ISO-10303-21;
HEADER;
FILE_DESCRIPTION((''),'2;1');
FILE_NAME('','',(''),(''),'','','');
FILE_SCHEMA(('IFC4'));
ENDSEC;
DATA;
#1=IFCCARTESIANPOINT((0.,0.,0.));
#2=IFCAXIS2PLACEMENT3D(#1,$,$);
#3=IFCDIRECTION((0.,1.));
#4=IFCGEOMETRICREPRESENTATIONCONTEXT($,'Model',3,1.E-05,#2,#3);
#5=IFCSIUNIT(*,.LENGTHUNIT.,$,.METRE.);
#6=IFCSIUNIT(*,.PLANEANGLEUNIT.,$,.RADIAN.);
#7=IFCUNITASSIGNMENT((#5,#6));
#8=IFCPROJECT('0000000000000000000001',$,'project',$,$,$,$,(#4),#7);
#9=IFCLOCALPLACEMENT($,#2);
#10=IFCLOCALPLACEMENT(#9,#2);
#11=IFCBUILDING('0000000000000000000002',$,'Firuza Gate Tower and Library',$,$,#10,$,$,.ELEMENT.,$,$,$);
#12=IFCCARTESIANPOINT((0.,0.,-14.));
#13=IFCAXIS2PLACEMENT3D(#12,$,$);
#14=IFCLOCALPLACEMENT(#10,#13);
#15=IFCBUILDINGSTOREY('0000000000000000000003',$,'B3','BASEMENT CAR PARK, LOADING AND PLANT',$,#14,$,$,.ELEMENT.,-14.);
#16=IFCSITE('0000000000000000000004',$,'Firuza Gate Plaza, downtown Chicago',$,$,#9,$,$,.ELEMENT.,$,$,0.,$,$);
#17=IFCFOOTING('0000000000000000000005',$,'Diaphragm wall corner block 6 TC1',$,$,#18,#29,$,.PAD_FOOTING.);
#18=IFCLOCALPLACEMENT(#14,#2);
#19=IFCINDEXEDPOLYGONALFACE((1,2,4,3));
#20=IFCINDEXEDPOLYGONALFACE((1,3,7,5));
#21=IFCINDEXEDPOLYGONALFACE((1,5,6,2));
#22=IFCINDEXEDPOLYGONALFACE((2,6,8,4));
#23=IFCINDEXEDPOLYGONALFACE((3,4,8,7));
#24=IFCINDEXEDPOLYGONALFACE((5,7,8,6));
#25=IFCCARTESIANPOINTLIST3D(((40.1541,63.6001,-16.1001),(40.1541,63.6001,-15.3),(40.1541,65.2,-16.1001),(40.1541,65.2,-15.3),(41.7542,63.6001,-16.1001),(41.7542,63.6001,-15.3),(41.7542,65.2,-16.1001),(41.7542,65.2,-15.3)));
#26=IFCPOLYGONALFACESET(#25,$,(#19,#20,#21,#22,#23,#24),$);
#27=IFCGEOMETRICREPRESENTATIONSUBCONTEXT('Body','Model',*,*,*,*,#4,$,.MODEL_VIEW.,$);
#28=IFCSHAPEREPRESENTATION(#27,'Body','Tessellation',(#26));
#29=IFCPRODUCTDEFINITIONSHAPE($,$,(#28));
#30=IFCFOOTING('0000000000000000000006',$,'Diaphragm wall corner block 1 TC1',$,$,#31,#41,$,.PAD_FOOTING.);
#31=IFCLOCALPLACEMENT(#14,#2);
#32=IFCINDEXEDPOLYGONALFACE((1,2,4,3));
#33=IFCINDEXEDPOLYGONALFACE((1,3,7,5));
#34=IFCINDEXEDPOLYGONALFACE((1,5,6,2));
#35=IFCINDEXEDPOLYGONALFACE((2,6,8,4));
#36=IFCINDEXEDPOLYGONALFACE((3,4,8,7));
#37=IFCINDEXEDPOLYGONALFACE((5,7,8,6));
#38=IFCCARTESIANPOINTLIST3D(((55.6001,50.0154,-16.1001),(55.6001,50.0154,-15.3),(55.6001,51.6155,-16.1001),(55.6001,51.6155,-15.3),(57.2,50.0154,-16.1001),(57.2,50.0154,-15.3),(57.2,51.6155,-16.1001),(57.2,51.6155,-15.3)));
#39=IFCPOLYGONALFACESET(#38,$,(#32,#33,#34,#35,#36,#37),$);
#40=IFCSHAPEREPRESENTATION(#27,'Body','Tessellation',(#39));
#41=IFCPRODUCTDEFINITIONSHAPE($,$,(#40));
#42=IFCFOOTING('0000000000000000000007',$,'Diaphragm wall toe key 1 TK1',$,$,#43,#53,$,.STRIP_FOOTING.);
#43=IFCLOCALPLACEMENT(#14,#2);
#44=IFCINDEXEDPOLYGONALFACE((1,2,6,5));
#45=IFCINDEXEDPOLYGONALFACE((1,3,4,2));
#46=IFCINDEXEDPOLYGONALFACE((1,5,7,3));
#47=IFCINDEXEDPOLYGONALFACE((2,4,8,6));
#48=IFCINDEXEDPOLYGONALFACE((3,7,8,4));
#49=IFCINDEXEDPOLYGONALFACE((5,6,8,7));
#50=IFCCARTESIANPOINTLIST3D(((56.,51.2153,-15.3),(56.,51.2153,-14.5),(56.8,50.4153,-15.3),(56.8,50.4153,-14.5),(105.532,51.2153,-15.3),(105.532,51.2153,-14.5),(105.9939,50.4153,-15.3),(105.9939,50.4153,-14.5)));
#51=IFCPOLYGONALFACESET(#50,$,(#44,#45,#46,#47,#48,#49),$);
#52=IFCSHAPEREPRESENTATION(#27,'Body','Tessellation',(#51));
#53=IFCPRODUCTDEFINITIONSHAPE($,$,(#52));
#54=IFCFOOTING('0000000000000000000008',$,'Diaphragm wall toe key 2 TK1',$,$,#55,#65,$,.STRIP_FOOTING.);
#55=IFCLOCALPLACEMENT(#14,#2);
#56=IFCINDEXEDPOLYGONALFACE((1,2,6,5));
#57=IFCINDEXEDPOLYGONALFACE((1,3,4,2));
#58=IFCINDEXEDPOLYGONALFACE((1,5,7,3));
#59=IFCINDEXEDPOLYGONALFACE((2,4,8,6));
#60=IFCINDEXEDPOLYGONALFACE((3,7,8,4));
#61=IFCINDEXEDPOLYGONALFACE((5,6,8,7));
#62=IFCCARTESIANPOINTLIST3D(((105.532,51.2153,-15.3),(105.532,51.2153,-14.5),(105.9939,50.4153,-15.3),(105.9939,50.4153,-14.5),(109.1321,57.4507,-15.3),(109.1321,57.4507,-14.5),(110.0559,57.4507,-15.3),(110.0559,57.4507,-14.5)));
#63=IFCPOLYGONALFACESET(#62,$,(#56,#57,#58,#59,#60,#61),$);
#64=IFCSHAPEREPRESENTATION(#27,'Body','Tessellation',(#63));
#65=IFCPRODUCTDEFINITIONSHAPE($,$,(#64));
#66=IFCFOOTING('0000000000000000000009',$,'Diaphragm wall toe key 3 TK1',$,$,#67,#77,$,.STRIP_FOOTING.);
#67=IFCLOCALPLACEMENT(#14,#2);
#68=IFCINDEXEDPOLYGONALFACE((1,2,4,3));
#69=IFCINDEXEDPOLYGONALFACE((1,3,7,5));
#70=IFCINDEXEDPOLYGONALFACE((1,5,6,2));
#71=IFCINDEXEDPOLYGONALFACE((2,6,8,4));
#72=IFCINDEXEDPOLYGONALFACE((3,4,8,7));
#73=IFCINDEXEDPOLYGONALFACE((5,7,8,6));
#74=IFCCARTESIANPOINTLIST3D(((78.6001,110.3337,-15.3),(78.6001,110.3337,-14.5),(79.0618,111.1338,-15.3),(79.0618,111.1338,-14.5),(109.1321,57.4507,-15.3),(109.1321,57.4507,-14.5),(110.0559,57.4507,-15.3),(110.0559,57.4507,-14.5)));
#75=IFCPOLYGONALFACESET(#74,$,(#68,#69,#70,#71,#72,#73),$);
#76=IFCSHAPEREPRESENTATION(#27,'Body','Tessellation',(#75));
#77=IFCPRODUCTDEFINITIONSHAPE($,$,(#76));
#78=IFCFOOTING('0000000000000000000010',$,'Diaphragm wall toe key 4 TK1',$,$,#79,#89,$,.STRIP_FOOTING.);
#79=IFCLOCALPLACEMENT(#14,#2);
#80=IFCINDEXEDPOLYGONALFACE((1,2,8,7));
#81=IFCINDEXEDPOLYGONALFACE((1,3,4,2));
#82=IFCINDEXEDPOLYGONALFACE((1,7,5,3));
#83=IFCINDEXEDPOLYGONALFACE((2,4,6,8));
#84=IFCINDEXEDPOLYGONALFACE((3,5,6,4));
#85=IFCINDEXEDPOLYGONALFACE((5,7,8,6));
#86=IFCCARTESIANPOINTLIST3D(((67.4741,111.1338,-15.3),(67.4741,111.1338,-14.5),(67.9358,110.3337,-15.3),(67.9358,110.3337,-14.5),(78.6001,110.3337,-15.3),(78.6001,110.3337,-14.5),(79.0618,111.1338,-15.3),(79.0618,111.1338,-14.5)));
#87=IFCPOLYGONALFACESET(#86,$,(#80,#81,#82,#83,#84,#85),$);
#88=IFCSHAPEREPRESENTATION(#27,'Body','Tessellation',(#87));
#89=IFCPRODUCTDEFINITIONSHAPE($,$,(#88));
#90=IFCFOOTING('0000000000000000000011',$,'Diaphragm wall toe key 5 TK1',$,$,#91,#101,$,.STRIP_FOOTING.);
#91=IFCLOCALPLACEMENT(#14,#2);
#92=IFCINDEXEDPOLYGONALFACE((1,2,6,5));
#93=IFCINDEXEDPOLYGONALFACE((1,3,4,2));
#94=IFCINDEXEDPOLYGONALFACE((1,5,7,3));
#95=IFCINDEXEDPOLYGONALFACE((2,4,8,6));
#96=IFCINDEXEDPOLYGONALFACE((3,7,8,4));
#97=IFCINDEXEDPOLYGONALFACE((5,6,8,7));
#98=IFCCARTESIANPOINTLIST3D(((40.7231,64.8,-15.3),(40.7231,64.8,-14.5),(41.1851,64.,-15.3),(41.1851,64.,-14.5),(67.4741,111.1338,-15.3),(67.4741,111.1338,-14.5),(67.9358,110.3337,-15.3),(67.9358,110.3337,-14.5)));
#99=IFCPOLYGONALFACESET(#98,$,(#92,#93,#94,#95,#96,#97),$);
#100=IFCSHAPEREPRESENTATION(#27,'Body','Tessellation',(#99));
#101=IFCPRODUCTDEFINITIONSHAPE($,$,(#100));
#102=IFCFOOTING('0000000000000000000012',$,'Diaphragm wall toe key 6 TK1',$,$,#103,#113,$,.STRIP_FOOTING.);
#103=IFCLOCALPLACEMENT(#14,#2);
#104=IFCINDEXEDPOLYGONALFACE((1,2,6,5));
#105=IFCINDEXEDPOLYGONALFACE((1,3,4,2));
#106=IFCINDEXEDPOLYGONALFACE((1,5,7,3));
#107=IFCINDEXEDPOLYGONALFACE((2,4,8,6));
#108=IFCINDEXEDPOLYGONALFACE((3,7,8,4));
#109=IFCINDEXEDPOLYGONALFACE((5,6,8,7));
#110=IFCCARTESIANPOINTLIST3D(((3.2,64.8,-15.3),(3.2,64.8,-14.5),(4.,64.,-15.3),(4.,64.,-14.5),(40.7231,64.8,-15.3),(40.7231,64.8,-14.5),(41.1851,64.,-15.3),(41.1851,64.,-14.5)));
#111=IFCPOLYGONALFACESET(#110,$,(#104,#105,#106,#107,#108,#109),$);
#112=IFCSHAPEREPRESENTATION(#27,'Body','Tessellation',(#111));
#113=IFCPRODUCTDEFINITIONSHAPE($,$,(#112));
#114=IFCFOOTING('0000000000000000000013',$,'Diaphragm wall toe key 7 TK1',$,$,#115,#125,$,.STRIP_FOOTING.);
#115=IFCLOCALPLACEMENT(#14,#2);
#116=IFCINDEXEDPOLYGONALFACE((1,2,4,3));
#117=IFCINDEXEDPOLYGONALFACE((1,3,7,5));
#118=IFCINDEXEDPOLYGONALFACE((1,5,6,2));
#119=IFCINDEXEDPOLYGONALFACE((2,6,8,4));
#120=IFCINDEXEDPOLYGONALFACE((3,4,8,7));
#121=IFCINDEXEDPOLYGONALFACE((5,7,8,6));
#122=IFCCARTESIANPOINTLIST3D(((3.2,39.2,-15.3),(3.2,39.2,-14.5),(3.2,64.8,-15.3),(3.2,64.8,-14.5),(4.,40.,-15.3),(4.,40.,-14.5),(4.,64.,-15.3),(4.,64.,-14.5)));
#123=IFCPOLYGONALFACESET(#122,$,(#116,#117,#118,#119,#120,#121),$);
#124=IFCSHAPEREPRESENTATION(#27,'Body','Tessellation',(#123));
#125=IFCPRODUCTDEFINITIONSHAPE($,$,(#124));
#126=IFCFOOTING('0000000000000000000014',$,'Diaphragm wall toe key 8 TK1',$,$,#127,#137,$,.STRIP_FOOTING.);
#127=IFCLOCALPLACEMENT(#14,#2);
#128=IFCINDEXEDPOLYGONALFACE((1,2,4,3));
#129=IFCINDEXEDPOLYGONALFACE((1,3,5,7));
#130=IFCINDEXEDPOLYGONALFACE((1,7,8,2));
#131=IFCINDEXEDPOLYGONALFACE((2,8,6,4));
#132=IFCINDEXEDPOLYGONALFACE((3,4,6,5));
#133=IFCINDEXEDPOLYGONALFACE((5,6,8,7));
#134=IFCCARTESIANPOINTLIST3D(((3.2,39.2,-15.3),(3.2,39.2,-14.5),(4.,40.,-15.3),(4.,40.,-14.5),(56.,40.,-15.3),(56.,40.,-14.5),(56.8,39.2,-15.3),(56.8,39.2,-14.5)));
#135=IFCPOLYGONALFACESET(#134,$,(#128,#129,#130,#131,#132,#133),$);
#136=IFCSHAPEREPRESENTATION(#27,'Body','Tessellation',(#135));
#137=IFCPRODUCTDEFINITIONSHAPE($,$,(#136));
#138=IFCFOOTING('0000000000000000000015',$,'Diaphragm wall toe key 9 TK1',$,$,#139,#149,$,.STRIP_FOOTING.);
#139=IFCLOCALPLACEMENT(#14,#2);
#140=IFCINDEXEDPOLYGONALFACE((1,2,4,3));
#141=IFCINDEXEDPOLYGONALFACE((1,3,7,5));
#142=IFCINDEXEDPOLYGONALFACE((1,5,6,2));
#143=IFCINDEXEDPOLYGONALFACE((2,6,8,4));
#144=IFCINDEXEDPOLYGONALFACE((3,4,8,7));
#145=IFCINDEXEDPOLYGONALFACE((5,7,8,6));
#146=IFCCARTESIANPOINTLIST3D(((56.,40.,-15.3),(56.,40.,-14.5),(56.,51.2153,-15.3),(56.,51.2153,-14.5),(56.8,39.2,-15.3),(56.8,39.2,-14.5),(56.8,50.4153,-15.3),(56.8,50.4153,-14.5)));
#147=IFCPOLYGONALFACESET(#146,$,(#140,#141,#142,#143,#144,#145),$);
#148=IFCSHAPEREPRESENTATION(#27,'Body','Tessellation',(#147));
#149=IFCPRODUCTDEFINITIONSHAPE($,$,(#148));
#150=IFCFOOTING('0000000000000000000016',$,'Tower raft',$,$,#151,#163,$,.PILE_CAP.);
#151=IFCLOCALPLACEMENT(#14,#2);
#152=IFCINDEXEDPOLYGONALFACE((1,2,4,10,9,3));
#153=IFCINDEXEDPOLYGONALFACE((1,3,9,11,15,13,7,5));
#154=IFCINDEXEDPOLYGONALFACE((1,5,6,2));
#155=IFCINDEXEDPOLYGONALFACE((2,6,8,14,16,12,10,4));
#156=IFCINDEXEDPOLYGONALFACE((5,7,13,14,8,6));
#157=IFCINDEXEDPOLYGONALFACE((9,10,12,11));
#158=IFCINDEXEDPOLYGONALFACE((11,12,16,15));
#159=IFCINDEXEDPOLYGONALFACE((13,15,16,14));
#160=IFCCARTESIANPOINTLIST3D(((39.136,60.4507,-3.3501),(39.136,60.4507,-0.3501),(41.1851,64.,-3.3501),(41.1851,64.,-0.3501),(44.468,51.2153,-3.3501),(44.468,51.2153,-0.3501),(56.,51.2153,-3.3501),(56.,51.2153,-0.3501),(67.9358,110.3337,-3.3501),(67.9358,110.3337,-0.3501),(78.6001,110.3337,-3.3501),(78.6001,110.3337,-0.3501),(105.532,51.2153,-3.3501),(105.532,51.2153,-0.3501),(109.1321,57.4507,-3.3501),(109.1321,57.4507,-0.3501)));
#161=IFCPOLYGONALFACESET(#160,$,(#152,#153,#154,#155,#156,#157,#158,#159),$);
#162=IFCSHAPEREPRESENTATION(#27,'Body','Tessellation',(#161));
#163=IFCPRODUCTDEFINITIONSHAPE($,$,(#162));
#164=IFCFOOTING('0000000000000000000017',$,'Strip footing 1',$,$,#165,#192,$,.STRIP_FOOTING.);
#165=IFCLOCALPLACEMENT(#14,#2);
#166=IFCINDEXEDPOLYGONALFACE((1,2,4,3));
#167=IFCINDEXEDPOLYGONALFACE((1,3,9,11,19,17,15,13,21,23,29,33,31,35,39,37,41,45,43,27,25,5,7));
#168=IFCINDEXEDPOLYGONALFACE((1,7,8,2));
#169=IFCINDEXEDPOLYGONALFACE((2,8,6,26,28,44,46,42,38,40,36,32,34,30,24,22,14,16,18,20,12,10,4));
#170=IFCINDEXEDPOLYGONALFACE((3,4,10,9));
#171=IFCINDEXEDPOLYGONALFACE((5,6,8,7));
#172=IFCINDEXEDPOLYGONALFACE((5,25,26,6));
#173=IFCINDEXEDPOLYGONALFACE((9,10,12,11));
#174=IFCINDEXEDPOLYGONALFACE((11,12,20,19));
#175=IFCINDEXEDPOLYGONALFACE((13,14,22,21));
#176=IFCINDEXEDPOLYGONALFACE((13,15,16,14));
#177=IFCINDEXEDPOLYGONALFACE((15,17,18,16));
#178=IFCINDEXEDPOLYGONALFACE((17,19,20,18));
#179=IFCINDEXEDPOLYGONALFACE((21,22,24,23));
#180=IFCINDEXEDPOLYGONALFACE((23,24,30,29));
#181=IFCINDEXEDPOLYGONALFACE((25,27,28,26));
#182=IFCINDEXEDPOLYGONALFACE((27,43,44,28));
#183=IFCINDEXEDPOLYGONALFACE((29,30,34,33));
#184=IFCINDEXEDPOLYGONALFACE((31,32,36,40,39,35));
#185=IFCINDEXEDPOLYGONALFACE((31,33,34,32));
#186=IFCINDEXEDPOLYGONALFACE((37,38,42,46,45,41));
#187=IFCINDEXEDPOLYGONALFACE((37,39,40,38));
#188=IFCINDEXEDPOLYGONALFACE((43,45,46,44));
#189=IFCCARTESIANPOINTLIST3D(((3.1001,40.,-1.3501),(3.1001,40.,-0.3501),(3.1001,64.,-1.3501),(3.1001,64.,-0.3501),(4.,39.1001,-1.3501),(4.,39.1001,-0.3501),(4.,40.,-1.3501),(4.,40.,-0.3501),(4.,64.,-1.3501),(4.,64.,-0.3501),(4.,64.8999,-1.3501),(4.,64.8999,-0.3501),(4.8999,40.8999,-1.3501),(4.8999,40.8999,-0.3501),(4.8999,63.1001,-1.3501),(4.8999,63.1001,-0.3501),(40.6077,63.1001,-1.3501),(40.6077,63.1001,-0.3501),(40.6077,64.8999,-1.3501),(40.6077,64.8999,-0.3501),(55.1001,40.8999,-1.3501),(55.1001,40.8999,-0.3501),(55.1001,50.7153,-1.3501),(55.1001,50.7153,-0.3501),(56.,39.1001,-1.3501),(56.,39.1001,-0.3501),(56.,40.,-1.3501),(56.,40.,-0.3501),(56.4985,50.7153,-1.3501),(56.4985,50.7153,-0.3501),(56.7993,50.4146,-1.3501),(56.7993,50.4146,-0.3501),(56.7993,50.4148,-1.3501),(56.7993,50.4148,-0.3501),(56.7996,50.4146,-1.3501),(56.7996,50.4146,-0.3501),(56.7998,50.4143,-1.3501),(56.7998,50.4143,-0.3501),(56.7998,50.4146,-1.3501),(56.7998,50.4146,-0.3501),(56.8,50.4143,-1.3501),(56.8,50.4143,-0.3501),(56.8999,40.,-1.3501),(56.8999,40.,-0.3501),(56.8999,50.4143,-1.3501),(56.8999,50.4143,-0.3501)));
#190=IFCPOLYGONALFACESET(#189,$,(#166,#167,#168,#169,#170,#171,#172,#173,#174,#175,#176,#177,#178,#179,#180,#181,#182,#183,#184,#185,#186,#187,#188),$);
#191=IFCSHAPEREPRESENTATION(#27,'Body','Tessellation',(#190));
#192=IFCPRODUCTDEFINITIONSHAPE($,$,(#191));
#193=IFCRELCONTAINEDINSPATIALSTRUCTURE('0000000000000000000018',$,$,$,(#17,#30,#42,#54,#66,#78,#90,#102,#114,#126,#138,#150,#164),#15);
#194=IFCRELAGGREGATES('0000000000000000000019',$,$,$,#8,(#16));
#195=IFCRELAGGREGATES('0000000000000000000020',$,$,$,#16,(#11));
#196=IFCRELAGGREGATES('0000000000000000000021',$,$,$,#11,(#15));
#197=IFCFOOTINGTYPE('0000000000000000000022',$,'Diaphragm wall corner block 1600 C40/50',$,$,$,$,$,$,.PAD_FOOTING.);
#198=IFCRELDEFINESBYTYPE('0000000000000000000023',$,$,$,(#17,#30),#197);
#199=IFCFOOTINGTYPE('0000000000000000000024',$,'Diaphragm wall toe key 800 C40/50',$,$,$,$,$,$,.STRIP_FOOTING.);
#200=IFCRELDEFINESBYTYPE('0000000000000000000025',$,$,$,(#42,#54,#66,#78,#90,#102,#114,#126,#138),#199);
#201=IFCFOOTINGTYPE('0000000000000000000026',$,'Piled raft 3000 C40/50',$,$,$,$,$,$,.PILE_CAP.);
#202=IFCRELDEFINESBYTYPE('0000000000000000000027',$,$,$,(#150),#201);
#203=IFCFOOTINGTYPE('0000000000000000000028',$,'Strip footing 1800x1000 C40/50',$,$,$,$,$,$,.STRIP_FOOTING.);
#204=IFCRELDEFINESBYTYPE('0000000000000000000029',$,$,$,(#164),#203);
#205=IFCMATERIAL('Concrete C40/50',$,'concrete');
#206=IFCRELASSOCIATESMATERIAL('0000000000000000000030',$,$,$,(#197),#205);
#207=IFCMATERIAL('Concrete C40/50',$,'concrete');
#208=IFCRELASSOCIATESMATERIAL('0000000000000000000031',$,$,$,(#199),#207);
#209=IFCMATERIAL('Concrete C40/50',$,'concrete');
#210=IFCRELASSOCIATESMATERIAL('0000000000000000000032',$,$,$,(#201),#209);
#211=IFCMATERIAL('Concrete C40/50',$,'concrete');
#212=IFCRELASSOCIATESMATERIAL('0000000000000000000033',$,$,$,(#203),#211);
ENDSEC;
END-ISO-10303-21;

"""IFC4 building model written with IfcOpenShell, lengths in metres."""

from ifc_helpers import new_model, si_unit, direction, frame, origin, place, context, subcontext, project, spatial, polyline, outline, extrude, material, type_object, element, save


model = new_model("IFC4")

# Units and contexts
model_context = context("Model", 3, precision=1e-05, world=origin(), true_north=direction((0.0, 1.0)))
body_context = subcontext(model_context, "Body", "Model", "MODEL_VIEW")
ifc_project = project(units=[si_unit("LENGTHUNIT", "METRE"), si_unit("PLANEANGLEUNIT", "RADIAN")], contexts=[model_context])

# Site, building, storey
site_placement = place(None, origin())
site = spatial("IfcSite", under=ifc_project, at=site_placement, Name="Firuza Gate Plaza, downtown Chicago", CompositionType="ELEMENT", RefElevation=0.0)
building_placement = place(site_placement, origin())
building = spatial("IfcBuilding", under=site, at=building_placement, Name="Firuza Gate Tower and Library", CompositionType="ELEMENT")
storey_placement = place(building_placement, frame((0.0, 0.0, -14.0)))
storey = spatial("IfcBuildingStorey", under=building, at=storey_placement, Name="B3", Description="BASEMENT CAR PARK, LOADING AND PLANT", CompositionType="ELEMENT", Elevation=-14.0)

# Footings
ifc_material_1 = material(Name="Concrete C40/50", Category="concrete")
footing_type_1 = type_object("IfcFootingType", Name="Diaphragm wall corner block 1600 C40/50", PredefinedType="PAD_FOOTING", material=ifc_material_1)
placement_1 = place(storey_placement, frame((0.0, 0.0, -16.1001)))
element("IfcFooting", 1, at=placement_1, inside=storey, type_object=footing_type_1, Name="Diaphragm wall corner block 6 TC1", PredefinedType="PAD_FOOTING", context=body_context, shape_type="SweptSolid", body=[
    extrude(outline(polyline([(40.1541, 63.6001), (41.7542, 63.6001), (41.7542, 65.2), (40.1541, 65.2), (40.1541, 63.6001)])), origin(), (0.0, 0.0, 1.0), 0.8),
])
element("IfcFooting", 2, at=placement_1, inside=storey, type_object=footing_type_1, Name="Diaphragm wall corner block 1 TC1", PredefinedType="PAD_FOOTING", context=body_context, shape_type="SweptSolid", body=[
    extrude(outline(polyline([(55.6001, 50.0154), (57.2, 50.0154), (57.2, 51.6155), (55.6001, 51.6155), (55.6001, 50.0154)])), origin(), (0.0, 0.0, 1.0), 0.8),
])
ifc_material_2 = material(Name="Concrete C40/50", Category="concrete")
footing_type_2 = type_object("IfcFootingType", Name="Diaphragm wall toe key 800 C40/50", PredefinedType="STRIP_FOOTING", material=ifc_material_2)
placement_2 = place(storey_placement, frame((0.0, 0.0, -15.3)))
element("IfcFooting", 3, at=placement_2, inside=storey, type_object=footing_type_2, Name="Diaphragm wall toe key 1 TK1", PredefinedType="STRIP_FOOTING", context=body_context, shape_type="SweptSolid", body=[
    extrude(outline(polyline([(56.0, 51.2153), (105.532, 51.2153), (105.9939, 50.4153), (56.8, 50.4153), (56.0, 51.2153)])), origin(), (0.0, 0.0, 1.0), 0.8),
])
element("IfcFooting", 4, at=placement_2, inside=storey, type_object=footing_type_2, Name="Diaphragm wall toe key 2 TK1", PredefinedType="STRIP_FOOTING", context=body_context, shape_type="SweptSolid", body=[
    extrude(outline(polyline([(105.532, 51.2153), (109.1321, 57.4507), (110.0559, 57.4507), (105.9939, 50.4153), (105.532, 51.2153)])), origin(), (0.0, 0.0, 1.0), 0.8),
])
element("IfcFooting", 5, at=placement_2, inside=storey, type_object=footing_type_2, Name="Diaphragm wall toe key 3 TK1", PredefinedType="STRIP_FOOTING", context=body_context, shape_type="SweptSolid", body=[
    extrude(outline(polyline([(109.1321, 57.4507), (78.6001, 110.3337), (79.0618, 111.1338), (110.0559, 57.4507), (109.1321, 57.4507)])), origin(), (0.0, 0.0, 1.0), 0.8),
])
element("IfcFooting", 6, at=placement_2, inside=storey, type_object=footing_type_2, Name="Diaphragm wall toe key 4 TK1", PredefinedType="STRIP_FOOTING", context=body_context, shape_type="SweptSolid", body=[
    extrude(outline(polyline([(78.6001, 110.3337), (67.9358, 110.3337), (67.4741, 111.1338), (79.0618, 111.1338), (78.6001, 110.3337)])), origin(), (0.0, 0.0, 1.0), 0.8),
])
element("IfcFooting", 7, at=placement_2, inside=storey, type_object=footing_type_2, Name="Diaphragm wall toe key 5 TK1", PredefinedType="STRIP_FOOTING", context=body_context, shape_type="SweptSolid", body=[
    extrude(outline(polyline([(67.9358, 110.3337), (41.1851, 64.0), (40.7231, 64.8), (67.4741, 111.1338), (67.9358, 110.3337)])), origin(), (0.0, 0.0, 1.0), 0.8),
])
element("IfcFooting", 8, at=placement_2, inside=storey, type_object=footing_type_2, Name="Diaphragm wall toe key 6 TK1", PredefinedType="STRIP_FOOTING", context=body_context, shape_type="SweptSolid", body=[
    extrude(outline(polyline([(41.1851, 64.0), (4.0, 64.0), (3.2, 64.8), (40.7231, 64.8), (41.1851, 64.0)])), origin(), (0.0, 0.0, 1.0), 0.8),
])
element("IfcFooting", 9, at=placement_2, inside=storey, type_object=footing_type_2, Name="Diaphragm wall toe key 7 TK1", PredefinedType="STRIP_FOOTING", context=body_context, shape_type="SweptSolid", body=[
    extrude(outline(polyline([(4.0, 64.0), (4.0, 40.0), (3.2, 39.2), (3.2, 64.8), (4.0, 64.0)])), origin(), (0.0, 0.0, 1.0), 0.8),
])
element("IfcFooting", 10, at=placement_2, inside=storey, type_object=footing_type_2, Name="Diaphragm wall toe key 8 TK1", PredefinedType="STRIP_FOOTING", context=body_context, shape_type="SweptSolid", body=[
    extrude(outline(polyline([(4.0, 40.0), (56.0, 40.0), (56.8, 39.2), (3.2, 39.2), (4.0, 40.0)])), origin(), (0.0, 0.0, 1.0), 0.8),
])
element("IfcFooting", 11, at=placement_2, inside=storey, type_object=footing_type_2, Name="Diaphragm wall toe key 9 TK1", PredefinedType="STRIP_FOOTING", context=body_context, shape_type="SweptSolid", body=[
    extrude(outline(polyline([(56.0, 40.0), (56.0, 51.2153), (56.8, 50.4153), (56.8, 39.2), (56.0, 40.0)])), origin(), (0.0, 0.0, 1.0), 0.8),
])
ifc_material_3 = material(Name="Concrete C40/50", Category="concrete")
footing_type_3 = type_object("IfcFootingType", Name="Piled raft 3000 C40/50", PredefinedType="PILE_CAP", material=ifc_material_3)
footing_1_placement = place(storey_placement, frame((0.0, 0.0, -3.3501)))
element("IfcFooting", 12, at=footing_1_placement, inside=storey, type_object=footing_type_3, Name="Tower raft", PredefinedType="PILE_CAP", context=body_context, shape_type="SweptSolid", body=[
    extrude(outline(polyline([(56.0, 51.2153), (105.532, 51.2153), (109.1321, 57.4507), (78.6001, 110.3337), (67.9358, 110.3337), (41.1851, 64.0), (41.1851, 64.0), (39.136, 60.4507), (44.468, 51.2153), (56.0, 51.2153)])), origin(), (0.0, 0.0, 1.0), 3.0),
])
ifc_material_4 = material(Name="Concrete C40/50", Category="concrete")
footing_type_4 = type_object("IfcFootingType", Name="Strip footing 1800x1000 C40/50", PredefinedType="STRIP_FOOTING", material=ifc_material_4)
footing_2_placement = place(storey_placement, frame((0.0, 0.0, -1.3501)))
element("IfcFooting", 13, at=footing_2_placement, inside=storey, type_object=footing_type_4, Name="Strip footing 1", PredefinedType="STRIP_FOOTING", context=body_context, shape_type="SweptSolid", body=[
    extrude(outline(polyline([(3.1001, 40.0), (4.0, 40.0), (4.0, 39.1001), (56.0, 39.1001), (56.0, 40.0), (56.8999, 40.0), (56.8999, 50.4143), (56.8, 50.4143), (56.7998, 50.4143), (56.7998, 50.4143), (56.7998, 50.4146), (56.7996, 50.4146), (56.7996, 50.4146), (56.7996, 50.4146), (56.7993, 50.4146), (56.7993, 50.4148), (56.4985, 50.7153), (55.1001, 50.7153), (55.1001, 40.8999), (4.8999, 40.8999), (4.8999, 63.1001), (40.6077, 63.1001), (40.6077, 64.8999), (4.0, 64.8999), (4.0, 64.0), (3.1001, 64.0), (3.1001, 40.0)])), origin(), (0.0, 0.0, 1.0), 1.0),
])

save(model, "model.ifc")
